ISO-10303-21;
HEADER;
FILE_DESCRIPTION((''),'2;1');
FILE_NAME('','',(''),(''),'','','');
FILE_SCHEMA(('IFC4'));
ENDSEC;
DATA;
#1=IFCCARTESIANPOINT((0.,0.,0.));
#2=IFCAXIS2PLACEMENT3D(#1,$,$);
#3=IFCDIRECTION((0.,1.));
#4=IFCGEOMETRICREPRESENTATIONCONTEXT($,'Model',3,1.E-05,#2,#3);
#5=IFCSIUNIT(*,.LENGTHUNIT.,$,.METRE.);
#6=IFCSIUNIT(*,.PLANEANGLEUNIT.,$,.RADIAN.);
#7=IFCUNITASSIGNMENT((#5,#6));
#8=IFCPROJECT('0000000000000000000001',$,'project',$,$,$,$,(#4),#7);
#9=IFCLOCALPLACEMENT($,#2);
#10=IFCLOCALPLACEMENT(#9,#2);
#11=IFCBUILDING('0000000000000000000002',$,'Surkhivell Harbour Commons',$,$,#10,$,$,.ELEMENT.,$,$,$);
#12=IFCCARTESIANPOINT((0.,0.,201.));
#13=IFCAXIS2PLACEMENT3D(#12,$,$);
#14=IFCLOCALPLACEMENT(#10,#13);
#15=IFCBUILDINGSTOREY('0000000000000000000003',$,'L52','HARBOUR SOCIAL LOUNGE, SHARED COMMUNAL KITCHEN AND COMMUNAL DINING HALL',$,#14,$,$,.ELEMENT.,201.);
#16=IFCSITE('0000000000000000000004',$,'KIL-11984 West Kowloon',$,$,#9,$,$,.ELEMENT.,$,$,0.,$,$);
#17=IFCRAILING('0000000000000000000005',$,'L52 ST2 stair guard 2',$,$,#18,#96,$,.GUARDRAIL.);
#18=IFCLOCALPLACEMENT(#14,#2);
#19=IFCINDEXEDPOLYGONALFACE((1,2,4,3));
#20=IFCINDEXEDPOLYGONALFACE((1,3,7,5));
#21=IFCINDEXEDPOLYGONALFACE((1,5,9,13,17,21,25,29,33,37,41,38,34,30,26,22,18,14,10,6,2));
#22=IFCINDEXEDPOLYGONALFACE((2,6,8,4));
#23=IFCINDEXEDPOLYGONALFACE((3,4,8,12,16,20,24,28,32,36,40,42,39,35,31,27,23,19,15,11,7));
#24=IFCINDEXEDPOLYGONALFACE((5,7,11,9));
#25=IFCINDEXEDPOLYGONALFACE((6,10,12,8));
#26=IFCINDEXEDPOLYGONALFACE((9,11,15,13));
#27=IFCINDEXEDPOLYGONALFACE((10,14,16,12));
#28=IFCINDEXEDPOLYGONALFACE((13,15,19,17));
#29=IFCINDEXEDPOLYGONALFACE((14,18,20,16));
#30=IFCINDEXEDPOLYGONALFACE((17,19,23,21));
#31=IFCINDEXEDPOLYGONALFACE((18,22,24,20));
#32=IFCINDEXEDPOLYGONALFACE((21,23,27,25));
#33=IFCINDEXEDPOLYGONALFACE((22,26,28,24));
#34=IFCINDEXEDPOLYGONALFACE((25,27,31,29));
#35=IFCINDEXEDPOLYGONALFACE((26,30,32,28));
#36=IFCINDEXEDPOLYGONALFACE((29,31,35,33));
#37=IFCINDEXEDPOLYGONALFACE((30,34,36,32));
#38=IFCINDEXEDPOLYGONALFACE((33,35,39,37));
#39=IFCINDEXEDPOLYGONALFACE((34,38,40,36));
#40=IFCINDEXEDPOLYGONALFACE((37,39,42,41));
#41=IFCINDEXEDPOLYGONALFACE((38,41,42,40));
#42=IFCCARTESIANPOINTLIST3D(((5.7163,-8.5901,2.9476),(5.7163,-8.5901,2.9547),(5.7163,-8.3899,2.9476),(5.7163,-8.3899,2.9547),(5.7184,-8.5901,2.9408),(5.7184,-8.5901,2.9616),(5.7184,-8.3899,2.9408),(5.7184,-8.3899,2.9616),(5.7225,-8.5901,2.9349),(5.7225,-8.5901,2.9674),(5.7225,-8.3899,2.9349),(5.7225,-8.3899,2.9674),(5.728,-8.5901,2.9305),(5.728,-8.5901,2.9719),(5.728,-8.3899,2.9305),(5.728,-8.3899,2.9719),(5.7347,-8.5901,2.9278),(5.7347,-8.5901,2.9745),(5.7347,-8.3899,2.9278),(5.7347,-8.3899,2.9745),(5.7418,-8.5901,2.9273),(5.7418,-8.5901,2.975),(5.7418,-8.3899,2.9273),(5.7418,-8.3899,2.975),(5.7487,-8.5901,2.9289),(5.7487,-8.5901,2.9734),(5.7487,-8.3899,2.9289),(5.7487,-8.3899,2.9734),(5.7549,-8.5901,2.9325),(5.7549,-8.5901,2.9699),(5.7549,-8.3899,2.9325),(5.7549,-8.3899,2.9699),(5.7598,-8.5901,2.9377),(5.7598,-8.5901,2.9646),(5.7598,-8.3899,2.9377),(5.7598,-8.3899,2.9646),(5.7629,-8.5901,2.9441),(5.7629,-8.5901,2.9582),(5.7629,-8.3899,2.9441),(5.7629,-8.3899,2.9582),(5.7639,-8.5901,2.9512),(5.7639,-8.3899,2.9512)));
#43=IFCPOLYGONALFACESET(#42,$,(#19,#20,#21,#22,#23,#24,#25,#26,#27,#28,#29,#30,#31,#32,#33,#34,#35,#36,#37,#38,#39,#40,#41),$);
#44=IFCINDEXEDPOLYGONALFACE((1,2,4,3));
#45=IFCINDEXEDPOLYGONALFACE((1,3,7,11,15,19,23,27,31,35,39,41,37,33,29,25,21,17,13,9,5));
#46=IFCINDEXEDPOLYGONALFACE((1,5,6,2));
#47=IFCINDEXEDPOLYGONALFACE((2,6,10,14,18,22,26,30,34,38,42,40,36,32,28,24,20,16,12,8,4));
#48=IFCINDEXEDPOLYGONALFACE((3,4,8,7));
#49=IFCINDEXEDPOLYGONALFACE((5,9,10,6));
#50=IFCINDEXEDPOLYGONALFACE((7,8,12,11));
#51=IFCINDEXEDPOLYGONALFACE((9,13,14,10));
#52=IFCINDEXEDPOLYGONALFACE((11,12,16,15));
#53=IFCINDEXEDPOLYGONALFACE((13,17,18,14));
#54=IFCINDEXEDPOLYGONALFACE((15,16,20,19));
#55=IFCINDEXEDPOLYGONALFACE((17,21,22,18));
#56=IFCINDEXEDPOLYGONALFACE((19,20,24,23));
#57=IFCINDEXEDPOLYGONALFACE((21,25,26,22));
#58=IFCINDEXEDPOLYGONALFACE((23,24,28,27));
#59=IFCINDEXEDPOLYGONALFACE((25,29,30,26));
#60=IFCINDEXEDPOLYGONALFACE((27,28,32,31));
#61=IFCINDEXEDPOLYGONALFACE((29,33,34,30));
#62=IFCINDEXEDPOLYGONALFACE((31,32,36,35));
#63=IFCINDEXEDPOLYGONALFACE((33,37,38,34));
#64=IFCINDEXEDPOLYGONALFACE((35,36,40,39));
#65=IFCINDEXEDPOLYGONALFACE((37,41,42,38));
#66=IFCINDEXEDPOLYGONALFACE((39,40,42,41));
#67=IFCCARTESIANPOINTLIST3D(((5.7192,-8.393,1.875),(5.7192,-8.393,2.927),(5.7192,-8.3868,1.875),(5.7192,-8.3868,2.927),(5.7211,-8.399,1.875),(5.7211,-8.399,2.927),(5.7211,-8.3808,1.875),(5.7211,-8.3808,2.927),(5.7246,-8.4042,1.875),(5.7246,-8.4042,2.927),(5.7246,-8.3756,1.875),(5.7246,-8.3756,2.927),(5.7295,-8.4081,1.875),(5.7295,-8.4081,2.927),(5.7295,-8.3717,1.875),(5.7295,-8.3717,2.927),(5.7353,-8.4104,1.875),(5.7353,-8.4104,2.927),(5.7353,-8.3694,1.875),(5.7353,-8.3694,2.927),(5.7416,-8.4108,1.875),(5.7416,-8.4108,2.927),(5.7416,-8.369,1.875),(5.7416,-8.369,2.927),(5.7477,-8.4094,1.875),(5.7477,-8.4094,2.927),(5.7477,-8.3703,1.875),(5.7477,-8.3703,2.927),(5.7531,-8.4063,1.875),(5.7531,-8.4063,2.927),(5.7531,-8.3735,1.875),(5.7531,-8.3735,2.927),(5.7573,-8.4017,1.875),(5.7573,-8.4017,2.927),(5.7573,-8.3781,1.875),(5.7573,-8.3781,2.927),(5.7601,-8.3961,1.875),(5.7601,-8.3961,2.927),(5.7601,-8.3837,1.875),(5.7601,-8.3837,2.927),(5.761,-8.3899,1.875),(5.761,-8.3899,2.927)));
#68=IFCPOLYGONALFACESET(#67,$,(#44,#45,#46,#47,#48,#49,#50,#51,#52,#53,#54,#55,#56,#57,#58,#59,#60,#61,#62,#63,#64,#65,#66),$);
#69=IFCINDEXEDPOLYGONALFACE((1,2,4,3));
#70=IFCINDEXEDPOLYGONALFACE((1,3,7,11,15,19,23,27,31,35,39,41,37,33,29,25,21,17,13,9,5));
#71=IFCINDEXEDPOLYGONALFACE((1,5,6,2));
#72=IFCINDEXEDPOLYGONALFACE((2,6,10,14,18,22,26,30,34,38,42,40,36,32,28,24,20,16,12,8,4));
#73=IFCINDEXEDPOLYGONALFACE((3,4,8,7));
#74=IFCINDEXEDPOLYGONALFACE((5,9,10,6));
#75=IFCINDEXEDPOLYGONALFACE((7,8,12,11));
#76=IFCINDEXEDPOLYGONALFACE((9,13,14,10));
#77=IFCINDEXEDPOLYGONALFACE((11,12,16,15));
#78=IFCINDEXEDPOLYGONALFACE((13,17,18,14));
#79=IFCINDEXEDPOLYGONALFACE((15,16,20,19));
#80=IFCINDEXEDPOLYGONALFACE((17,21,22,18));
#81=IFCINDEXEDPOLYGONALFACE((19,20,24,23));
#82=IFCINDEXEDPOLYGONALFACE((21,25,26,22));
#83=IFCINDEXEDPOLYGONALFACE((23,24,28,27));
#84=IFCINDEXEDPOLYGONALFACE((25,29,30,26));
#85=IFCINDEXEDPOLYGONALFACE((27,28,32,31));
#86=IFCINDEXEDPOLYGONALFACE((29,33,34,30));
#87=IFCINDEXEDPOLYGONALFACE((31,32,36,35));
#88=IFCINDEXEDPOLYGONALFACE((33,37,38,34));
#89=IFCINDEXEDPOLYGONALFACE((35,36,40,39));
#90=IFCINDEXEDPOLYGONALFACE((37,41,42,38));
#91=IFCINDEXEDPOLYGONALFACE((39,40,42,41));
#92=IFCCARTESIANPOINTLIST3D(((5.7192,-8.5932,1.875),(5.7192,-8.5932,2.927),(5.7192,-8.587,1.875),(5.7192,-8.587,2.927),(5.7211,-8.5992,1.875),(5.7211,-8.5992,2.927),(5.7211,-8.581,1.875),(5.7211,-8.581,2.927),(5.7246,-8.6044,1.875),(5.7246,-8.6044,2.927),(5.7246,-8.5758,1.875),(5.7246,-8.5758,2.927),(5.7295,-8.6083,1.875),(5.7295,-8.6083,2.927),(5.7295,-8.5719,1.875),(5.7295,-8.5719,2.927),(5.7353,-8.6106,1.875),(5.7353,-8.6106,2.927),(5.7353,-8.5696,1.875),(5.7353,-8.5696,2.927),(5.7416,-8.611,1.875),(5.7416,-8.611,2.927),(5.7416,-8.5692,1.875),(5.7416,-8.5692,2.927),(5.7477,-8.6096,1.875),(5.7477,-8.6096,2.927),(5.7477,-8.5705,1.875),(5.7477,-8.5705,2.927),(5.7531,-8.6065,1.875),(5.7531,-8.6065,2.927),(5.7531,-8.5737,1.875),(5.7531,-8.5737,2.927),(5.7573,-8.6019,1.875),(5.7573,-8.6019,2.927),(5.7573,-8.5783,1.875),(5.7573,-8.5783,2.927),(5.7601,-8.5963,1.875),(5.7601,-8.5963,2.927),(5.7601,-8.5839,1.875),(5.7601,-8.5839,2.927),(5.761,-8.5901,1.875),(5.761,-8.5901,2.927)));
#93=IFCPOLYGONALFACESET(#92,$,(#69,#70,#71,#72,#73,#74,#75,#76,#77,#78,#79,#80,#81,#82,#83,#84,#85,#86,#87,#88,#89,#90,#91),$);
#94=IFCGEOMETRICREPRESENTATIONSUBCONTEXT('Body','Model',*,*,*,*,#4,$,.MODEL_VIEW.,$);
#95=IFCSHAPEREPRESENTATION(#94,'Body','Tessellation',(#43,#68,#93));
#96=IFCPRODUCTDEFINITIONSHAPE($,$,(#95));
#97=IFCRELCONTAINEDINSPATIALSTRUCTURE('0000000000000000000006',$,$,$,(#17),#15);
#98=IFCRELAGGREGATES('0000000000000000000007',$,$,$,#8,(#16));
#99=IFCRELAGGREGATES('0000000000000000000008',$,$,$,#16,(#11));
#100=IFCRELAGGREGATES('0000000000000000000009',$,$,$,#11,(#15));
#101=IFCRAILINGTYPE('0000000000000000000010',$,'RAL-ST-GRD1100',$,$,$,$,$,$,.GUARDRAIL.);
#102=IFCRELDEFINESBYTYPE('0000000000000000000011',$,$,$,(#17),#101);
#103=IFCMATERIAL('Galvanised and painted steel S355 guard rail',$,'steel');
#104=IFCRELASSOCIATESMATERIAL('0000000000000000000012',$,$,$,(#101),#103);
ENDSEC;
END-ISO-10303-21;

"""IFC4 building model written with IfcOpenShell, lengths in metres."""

from ifc_helpers import new_model, si_unit, direction, frame, origin, origin_2d, place, context, subcontext, project, spatial, circle, extrude, material, type_object, element, save


model = new_model("IFC4")

# Units and contexts
model_context = context("Model", 3, precision=1e-05, world=origin(), true_north=direction((0.0, 1.0)))
body_context = subcontext(model_context, "Body", "Model", "MODEL_VIEW")
ifc_project = project(units=[si_unit("LENGTHUNIT", "METRE"), si_unit("PLANEANGLEUNIT", "RADIAN")], contexts=[model_context])

# Site, building, storey
site_placement = place(None, origin())
site = spatial("IfcSite", under=ifc_project, at=site_placement, Name="KIL-11984 West Kowloon", CompositionType="ELEMENT", RefElevation=0.0)
building_placement = place(site_placement, origin())
building = spatial("IfcBuilding", under=site, at=building_placement, Name="Surkhivell Harbour Commons", CompositionType="ELEMENT")
storey_placement = place(building_placement, frame((0.0, 0.0, 201.0)))
storey = spatial("IfcBuildingStorey", under=building, at=storey_placement, Name="L52", Description="HARBOUR SOCIAL LOUNGE, SHARED COMMUNAL KITCHEN AND COMMUNAL DINING HALL", CompositionType="ELEMENT", Elevation=201.0)

# Railing
ifc_material_1 = material(Name="Galvanised and painted steel S355 guard rail", Category="steel")
railing_type_1 = type_object("IfcRailingType", Name="RAL-ST-GRD1100", PredefinedType="GUARDRAIL", material=ifc_material_1)
railing_1_placement = place(storey_placement, frame((5.74, -8.3899, 1.875)))
element("IfcRailing", 1, at=railing_1_placement, inside=storey, type_object=railing_type_1, Name="L52 ST2 stair guard 2", PredefinedType="GUARDRAIL", context=body_context, shape_type="SweptSolid", body=[
    extrude(circle(Radius=0.0239, at=origin_2d()), frame((0.0, 0.0, 1.0762), z_axis=(0.0, -1.0, 0.0), x_axis=(1.0, 0.0, 0.0)), (0.0, 0.0, 1.0), 0.2002),
    extrude(circle(Radius=0.021, at=origin_2d()), origin(), (0.0, 0.0, 1.0), 1.052),
    extrude(circle(Radius=0.021, at=origin_2d()), frame((0.0, -0.2002, 0.0)), (0.0, 0.0, 1.0), 1.052),
])

save(model, "model.ifc")
